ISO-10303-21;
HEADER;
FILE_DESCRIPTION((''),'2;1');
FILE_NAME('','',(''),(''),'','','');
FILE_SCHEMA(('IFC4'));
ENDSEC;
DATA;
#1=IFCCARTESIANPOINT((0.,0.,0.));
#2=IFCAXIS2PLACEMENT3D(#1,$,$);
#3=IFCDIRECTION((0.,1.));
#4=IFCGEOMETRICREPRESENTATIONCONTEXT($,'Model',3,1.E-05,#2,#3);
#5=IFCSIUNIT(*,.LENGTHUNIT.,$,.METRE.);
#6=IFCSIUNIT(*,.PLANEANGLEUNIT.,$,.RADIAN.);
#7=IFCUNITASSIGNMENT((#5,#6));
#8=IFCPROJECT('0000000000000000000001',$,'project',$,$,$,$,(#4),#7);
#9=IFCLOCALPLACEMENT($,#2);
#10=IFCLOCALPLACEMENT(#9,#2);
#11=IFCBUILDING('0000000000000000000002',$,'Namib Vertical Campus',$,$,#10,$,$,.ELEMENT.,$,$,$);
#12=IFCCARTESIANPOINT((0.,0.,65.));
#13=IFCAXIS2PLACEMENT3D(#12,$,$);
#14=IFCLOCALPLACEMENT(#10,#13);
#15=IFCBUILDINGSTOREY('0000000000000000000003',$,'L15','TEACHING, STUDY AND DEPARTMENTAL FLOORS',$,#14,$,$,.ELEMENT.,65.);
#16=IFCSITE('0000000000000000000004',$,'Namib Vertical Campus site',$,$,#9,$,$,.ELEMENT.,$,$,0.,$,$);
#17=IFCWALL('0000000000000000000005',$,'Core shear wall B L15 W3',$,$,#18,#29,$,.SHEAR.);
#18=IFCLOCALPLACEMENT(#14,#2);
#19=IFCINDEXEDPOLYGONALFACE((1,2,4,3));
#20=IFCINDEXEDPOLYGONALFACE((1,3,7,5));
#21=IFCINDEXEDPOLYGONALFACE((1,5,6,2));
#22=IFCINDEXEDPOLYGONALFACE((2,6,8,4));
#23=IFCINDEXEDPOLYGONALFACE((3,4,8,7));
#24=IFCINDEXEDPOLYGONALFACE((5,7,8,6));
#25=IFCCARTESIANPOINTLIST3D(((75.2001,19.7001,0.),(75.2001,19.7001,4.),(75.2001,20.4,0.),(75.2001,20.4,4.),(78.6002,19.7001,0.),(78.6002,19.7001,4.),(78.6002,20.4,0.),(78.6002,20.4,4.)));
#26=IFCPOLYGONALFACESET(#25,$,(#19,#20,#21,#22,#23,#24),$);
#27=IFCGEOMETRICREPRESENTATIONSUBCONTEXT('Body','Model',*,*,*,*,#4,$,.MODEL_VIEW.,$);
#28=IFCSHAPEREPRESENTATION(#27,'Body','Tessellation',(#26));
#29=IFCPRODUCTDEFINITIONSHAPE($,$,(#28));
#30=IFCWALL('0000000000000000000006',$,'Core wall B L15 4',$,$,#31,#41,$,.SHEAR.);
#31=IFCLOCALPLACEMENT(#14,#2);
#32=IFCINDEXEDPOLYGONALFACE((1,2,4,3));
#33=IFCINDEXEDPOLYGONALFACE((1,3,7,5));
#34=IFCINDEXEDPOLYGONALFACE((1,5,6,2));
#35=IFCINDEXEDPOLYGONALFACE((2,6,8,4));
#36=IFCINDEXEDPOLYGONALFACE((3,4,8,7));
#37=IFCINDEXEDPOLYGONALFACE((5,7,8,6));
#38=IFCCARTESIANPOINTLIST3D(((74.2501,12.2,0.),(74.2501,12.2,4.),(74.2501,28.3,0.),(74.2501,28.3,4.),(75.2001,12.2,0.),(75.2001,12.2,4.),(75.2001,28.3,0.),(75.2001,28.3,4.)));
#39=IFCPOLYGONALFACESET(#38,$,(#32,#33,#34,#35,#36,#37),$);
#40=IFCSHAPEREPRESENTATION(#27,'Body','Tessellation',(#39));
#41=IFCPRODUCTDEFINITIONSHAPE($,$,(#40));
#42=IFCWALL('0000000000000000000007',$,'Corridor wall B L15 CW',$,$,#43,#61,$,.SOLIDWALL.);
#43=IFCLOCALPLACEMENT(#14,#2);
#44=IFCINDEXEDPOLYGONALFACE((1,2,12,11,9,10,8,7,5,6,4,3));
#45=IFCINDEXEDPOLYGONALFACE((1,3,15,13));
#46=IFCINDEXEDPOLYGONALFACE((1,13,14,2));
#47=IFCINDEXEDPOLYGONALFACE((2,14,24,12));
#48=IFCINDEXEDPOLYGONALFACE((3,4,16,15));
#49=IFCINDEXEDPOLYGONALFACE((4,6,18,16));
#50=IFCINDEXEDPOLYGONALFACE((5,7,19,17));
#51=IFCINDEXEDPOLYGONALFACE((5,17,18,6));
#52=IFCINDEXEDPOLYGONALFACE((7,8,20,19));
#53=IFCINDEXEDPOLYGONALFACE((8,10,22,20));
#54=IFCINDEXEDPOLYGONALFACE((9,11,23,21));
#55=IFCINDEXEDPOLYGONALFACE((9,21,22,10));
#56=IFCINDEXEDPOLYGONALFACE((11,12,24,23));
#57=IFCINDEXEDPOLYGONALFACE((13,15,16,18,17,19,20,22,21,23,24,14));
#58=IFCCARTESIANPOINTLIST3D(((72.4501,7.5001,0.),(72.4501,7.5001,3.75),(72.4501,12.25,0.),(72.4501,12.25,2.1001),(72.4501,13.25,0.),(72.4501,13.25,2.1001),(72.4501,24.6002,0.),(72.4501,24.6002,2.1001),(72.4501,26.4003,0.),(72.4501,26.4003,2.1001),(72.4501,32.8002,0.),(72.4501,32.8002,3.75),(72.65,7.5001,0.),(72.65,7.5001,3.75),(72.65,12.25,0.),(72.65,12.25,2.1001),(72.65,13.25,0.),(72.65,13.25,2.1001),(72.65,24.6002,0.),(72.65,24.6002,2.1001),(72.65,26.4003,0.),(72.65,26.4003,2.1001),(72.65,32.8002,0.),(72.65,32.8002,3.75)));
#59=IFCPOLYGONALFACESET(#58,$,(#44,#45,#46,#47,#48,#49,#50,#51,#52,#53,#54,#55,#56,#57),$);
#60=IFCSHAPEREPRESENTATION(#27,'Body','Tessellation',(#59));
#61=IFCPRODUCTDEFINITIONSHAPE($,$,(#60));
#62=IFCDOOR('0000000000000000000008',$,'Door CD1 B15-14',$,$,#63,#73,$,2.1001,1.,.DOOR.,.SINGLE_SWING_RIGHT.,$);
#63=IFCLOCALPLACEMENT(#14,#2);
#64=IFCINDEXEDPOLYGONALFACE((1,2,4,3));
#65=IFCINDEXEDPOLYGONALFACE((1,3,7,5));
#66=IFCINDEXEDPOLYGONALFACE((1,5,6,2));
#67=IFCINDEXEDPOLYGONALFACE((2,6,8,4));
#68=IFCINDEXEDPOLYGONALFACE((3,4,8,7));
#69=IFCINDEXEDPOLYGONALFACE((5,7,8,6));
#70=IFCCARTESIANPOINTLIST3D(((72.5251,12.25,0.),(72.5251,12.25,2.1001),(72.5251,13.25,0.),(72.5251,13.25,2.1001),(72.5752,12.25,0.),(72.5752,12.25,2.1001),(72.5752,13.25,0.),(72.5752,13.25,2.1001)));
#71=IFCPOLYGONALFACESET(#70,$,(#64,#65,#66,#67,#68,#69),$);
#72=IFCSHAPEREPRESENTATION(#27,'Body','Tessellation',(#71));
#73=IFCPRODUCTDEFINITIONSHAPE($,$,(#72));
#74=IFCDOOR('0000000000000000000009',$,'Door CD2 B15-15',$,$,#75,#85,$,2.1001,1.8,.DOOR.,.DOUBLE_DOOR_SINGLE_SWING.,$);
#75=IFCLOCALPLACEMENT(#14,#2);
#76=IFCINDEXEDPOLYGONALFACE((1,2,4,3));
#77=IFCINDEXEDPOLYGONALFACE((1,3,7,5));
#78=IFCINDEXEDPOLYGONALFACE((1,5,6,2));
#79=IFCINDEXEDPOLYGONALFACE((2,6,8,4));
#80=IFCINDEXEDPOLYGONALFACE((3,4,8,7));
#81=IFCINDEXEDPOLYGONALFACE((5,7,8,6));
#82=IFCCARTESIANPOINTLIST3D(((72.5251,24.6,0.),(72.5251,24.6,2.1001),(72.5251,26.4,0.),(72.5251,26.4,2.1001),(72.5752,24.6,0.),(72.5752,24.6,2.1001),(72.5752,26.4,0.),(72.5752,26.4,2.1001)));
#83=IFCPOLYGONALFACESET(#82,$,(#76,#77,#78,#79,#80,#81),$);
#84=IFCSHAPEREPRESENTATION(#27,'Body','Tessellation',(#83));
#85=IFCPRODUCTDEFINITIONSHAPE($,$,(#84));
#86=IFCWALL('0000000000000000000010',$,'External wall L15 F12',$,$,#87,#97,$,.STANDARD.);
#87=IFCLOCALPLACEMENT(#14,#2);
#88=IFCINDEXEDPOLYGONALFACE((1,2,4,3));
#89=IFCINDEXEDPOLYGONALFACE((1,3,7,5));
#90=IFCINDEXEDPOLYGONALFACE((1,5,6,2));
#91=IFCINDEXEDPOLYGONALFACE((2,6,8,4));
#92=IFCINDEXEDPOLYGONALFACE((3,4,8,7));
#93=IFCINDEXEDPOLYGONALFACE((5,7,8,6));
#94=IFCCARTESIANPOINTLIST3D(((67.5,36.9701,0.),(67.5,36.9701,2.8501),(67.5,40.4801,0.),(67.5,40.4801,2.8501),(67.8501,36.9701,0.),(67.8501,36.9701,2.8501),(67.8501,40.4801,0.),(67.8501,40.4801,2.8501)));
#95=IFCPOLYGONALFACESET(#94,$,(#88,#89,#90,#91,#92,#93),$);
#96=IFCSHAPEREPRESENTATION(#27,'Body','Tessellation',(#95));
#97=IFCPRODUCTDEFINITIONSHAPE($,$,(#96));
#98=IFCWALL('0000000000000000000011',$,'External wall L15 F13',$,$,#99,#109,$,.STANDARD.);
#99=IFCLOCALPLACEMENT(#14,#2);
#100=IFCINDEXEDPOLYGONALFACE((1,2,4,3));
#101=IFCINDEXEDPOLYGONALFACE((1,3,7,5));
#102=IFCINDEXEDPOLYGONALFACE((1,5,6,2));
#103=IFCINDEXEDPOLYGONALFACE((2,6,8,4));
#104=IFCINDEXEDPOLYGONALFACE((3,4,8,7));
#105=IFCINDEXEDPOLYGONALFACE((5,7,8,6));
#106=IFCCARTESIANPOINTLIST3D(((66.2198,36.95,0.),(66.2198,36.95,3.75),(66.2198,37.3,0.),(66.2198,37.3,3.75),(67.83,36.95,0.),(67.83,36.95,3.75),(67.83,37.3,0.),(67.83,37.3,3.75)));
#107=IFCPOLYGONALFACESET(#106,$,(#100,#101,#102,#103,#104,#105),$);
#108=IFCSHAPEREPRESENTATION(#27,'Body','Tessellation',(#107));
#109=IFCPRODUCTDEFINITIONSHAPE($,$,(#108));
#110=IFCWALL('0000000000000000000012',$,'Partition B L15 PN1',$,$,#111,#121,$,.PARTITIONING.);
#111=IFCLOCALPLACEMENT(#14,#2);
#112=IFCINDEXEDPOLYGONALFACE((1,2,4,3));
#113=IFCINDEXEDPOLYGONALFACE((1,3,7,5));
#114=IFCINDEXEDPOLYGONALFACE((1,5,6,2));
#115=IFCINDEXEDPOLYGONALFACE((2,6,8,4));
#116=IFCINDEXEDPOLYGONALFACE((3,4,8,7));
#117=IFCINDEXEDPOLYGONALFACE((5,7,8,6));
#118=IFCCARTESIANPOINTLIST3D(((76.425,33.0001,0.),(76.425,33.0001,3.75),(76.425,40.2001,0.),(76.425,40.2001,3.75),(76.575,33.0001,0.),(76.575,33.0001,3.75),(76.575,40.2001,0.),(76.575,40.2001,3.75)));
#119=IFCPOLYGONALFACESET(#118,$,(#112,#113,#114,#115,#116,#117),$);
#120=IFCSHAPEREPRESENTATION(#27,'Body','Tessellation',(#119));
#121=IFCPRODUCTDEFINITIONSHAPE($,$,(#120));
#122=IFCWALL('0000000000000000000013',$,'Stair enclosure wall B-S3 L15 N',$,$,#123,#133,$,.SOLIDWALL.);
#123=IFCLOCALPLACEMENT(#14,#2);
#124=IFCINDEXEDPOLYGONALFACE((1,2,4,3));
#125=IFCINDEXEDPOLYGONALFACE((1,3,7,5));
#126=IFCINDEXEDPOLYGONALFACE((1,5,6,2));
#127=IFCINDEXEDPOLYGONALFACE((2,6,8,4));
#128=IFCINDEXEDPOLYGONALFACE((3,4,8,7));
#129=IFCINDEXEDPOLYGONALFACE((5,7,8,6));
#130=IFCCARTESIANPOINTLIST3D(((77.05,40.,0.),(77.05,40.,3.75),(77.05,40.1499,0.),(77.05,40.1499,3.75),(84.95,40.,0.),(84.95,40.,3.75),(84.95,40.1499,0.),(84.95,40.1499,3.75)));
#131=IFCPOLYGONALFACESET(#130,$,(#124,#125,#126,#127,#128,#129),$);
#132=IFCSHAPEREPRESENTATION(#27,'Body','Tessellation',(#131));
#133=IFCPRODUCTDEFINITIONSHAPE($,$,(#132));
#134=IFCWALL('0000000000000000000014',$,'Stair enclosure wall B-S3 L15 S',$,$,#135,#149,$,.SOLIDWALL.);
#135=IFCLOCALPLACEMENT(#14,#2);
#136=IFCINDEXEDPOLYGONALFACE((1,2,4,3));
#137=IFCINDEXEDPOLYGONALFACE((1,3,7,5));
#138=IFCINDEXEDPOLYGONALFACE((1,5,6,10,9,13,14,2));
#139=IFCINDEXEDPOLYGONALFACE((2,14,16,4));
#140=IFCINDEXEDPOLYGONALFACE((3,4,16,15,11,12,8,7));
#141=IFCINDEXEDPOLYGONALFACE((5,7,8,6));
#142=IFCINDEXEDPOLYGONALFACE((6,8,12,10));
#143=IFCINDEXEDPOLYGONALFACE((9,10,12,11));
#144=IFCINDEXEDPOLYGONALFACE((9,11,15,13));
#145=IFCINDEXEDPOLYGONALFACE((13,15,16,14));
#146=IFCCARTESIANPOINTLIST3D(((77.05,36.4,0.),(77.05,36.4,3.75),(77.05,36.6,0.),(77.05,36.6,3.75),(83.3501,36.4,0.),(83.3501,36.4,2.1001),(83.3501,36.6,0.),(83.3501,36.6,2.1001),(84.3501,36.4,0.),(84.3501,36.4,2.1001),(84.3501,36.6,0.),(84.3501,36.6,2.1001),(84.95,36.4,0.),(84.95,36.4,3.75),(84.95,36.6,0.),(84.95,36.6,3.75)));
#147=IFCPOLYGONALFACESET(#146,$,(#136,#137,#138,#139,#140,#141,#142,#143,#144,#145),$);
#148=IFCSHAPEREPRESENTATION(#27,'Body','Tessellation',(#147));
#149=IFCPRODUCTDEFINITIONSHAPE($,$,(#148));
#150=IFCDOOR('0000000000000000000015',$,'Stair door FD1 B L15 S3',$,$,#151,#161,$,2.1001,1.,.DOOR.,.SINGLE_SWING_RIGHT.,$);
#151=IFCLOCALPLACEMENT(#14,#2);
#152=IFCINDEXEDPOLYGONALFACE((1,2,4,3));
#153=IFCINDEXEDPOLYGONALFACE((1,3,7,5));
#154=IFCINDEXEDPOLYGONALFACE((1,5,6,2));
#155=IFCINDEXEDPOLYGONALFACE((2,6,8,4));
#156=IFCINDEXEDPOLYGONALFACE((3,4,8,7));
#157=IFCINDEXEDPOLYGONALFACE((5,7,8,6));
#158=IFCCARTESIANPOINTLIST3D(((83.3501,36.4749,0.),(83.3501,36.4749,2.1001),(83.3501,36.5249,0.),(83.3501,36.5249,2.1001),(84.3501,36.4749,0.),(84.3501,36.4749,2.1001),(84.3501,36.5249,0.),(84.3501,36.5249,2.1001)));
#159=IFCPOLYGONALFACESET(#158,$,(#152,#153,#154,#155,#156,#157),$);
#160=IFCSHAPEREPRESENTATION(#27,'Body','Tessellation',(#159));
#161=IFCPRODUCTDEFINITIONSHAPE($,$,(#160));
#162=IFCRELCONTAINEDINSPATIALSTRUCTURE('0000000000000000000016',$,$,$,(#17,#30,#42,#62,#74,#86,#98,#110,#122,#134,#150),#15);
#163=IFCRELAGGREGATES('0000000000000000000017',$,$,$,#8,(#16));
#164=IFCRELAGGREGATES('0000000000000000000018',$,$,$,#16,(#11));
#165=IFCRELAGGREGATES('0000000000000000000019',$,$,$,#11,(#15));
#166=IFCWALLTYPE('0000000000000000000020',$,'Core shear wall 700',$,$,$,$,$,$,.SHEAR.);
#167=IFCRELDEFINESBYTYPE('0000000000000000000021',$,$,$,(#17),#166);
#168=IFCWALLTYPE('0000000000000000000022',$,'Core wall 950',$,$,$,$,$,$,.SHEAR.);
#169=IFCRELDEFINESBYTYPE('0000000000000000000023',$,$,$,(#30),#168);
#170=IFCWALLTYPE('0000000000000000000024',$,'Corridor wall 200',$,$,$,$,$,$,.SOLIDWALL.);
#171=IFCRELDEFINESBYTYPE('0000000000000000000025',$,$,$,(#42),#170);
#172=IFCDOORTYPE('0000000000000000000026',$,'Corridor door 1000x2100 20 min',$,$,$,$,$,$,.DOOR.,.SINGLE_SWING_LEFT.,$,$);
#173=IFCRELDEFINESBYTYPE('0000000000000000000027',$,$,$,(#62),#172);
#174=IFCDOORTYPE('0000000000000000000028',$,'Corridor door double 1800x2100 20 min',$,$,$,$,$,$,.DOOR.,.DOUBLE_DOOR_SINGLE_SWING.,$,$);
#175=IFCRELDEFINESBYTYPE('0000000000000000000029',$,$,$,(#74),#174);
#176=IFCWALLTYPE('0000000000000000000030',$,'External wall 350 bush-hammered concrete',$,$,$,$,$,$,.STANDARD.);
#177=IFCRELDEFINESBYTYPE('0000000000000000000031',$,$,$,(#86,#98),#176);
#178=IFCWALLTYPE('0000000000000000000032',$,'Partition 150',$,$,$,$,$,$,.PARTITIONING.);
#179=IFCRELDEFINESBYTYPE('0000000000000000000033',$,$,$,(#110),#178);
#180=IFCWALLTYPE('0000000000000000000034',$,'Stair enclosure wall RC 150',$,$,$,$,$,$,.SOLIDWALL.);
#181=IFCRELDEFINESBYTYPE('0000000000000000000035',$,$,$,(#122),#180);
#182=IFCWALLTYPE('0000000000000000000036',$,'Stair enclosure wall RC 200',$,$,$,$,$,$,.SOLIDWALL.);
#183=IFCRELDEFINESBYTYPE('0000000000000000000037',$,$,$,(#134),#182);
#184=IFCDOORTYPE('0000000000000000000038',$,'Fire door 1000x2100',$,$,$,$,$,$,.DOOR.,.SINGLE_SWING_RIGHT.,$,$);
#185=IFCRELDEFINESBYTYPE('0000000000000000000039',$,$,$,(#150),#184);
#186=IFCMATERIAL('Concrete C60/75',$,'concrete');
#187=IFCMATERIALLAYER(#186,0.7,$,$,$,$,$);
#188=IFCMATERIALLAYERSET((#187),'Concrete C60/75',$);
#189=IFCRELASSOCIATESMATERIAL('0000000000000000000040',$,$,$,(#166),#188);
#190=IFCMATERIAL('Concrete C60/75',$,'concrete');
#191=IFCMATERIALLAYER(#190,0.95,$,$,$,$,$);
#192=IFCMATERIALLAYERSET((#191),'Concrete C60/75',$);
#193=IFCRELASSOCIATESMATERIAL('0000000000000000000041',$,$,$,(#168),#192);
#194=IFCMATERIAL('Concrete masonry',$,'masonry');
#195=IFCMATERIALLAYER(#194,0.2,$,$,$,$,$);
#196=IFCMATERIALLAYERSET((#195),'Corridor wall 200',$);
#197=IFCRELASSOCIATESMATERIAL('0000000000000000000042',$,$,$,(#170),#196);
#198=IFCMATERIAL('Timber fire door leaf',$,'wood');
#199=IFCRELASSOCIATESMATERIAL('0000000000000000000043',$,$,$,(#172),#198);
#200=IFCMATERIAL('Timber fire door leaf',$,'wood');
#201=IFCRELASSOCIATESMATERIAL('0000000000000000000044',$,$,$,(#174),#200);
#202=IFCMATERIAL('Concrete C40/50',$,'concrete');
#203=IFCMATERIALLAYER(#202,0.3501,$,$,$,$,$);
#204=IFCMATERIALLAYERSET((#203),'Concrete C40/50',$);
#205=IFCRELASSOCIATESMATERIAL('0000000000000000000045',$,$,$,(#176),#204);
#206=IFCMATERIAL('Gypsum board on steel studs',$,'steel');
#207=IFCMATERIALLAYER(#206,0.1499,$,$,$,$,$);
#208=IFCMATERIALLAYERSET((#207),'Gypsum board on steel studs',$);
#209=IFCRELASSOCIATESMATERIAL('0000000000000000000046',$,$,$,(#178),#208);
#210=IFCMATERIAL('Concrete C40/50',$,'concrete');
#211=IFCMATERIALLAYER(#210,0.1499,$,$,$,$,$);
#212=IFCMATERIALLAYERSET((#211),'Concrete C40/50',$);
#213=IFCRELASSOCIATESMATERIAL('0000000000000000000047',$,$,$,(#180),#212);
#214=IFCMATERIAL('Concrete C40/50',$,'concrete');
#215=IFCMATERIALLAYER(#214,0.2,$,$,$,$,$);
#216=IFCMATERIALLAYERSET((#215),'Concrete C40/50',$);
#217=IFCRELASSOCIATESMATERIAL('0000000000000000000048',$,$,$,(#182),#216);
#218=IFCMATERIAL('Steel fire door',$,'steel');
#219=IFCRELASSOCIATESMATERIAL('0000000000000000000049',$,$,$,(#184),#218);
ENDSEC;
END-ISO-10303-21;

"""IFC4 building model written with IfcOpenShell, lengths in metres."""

from ifc_helpers import new_model, si_unit, direction, frame, frame_2d, origin, place, context, subcontext, project, spatial, rectangle, extrude, material, layer, layer_set, type_object, element, fill, save


model = new_model("IFC4")

# Units and contexts
model_context = context("Model", 3, precision=1e-05, world=origin(), true_north=direction((0.0, 1.0)))
body_context = subcontext(model_context, "Body", "Model", "MODEL_VIEW")
ifc_project = project(units=[si_unit("LENGTHUNIT", "METRE"), si_unit("PLANEANGLEUNIT", "RADIAN")], contexts=[model_context])

# Site, building, storey
site_placement = place(None, origin())
site = spatial("IfcSite", under=ifc_project, at=site_placement, Name="Namib Vertical Campus site", CompositionType="ELEMENT", RefElevation=0.0)
building_placement = place(site_placement, origin())
building = spatial("IfcBuilding", under=site, at=building_placement, Name="Namib Vertical Campus", CompositionType="ELEMENT")
storey_placement = place(building_placement, frame((0.0, 0.0, 65.0)))
storey = spatial("IfcBuildingStorey", under=building, at=storey_placement, Name="L15", Description="TEACHING, STUDY AND DEPARTMENTAL FLOORS", CompositionType="ELEMENT", Elevation=65.0)

# Walls
ifc_material_1 = material(Name="Concrete C60/75", Category="concrete")
ifc_layer_1 = layer(ifc_material_1, 0.7)
ifc_layer_set_1 = layer_set([ifc_layer_1], Name="Concrete C60/75")
wall_type_1 = type_object("IfcWallType", Name="Core shear wall 700", PredefinedType="SHEAR", material=ifc_layer_set_1)
wall_1_placement = place(storey_placement, frame((75.2, 20.05, 0.0), z_axis=(0.0, 0.0, 1.0), x_axis=(1.0, 0.0, 0.0)))
element("IfcWall", 1, at=wall_1_placement, inside=storey, type_object=wall_type_1, Name="Core shear wall B L15 W3", PredefinedType="SHEAR", context=body_context, shape_type="SweptSolid", body=[
    extrude(rectangle(XDim=3.4001, YDim=0.7, at=frame_2d((1.7002, 0.0))), origin(), (0.0, 0.0, 1.0), 4.0),
])
ifc_material_2 = material(Name="Concrete C60/75", Category="concrete")
ifc_layer_2 = layer(ifc_material_2, 0.95)
ifc_layer_set_2 = layer_set([ifc_layer_2], Name="Concrete C60/75")
wall_type_2 = type_object("IfcWallType", Name="Core wall 950", PredefinedType="SHEAR", material=ifc_layer_set_2)
wall_2_placement = place(storey_placement, frame((74.7251, 28.3, 0.0), z_axis=(0.0, 0.0, 1.0), x_axis=(0.0, -1.0, 0.0)))
element("IfcWall", 2, at=wall_2_placement, inside=storey, type_object=wall_type_2, Name="Core wall B L15 4", PredefinedType="SHEAR", context=body_context, shape_type="SweptSolid", body=[
    extrude(rectangle(XDim=16.1001, YDim=0.95, at=frame_2d((8.05, 0.0))), origin(), (0.0, 0.0, 1.0), 4.0),
])

# Wall, openings, doors
ifc_material_3 = material(Name="Concrete masonry", Category="masonry")
ifc_layer_3 = layer(ifc_material_3, 0.2)
ifc_layer_set_3 = layer_set([ifc_layer_3], Name="Corridor wall 200")
wall_type_3 = type_object("IfcWallType", Name="Corridor wall 200", PredefinedType="SOLIDWALL", material=ifc_layer_set_3)
wall_3_placement = place(storey_placement, frame((72.55, 32.8, 0.0), z_axis=(0.0, 0.0, 1.0), x_axis=(0.0, -1.0, 0.0)))
wall_3 = element("IfcWall", 3, at=wall_3_placement, inside=storey, type_object=wall_type_3, Name="Corridor wall B L15 CW", PredefinedType="SOLIDWALL", context=body_context, shape_type="SweptSolid", body=[
    extrude(rectangle(XDim=25.3, YDim=0.2, at=frame_2d((12.6499, 0.0))), origin(), (0.0, 0.0, 1.0), 3.75),
])
opening_1_placement = place(wall_3_placement, frame((19.55, 0.0, 0.0)))
opening_1 = element("IfcOpeningElement", 4, at=opening_1_placement, cuts=wall_3, PredefinedType="OPENING", context=body_context, shape_type="SweptSolid", body=[
    extrude(rectangle(XDim=1.0, YDim=2.1001, at=frame_2d((0.5, 1.05))), frame((0.0, 0.1099, 0.0), z_axis=(0.0, -1.0, 0.0), x_axis=(1.0, 0.0, 0.0)), (0.0, 0.0, 1.0), 0.22),
])
opening_2_placement = place(wall_3_placement, frame((6.3999, 0.0, 0.0)))
opening_2 = element("IfcOpeningElement", 5, at=opening_2_placement, cuts=wall_3, PredefinedType="OPENING", context=body_context, shape_type="SweptSolid", body=[
    extrude(rectangle(XDim=1.8, YDim=2.1001, at=frame_2d((0.8999, 1.05))), frame((0.0, 0.1099, 0.0), z_axis=(0.0, -1.0, 0.0), x_axis=(1.0, 0.0, 0.0)), (0.0, 0.0, 1.0), 0.22),
])
ifc_material_4 = material(Name="Timber fire door leaf", Category="wood")
door_type_1 = type_object("IfcDoorType", Name="Corridor door 1000x2100 20 min", OperationType="SINGLE_SWING_LEFT", PredefinedType="DOOR", material=ifc_material_4)
door_1_placement = place(opening_1_placement, frame((1.0, 0.0, 0.0), z_axis=(0.0, 0.0, 1.0), x_axis=(-1.0, 0.0, 0.0)))
door_1 = element("IfcDoor", 6, at=door_1_placement, inside=storey, type_object=door_type_1, Name="Door CD1 B15-14", OperationType="SINGLE_SWING_RIGHT", OverallHeight=2.1001, OverallWidth=1.0, PredefinedType="DOOR", context=body_context, shape_type="SweptSolid", body=[
    extrude(rectangle(XDim=1.0, YDim=2.1001, at=frame_2d((0.5, 1.05))), frame((0.0, 0.0249, 0.0), z_axis=(0.0, -1.0, 0.0), x_axis=(1.0, 0.0, 0.0)), (0.0, 0.0, 1.0), 0.05),
])
fill(opening_1, door_1)
ifc_material_5 = material(Name="Timber fire door leaf", Category="wood")
door_type_2 = type_object("IfcDoorType", Name="Corridor door double 1800x2100 20 min", OperationType="DOUBLE_DOOR_SINGLE_SWING", PredefinedType="DOOR", material=ifc_material_5)
door_2_placement = place(opening_2_placement, frame((1.8, 0.0, 0.0), z_axis=(0.0, 0.0, 1.0), x_axis=(-1.0, 0.0, 0.0)))
door_2 = element("IfcDoor", 7, at=door_2_placement, inside=storey, type_object=door_type_2, Name="Door CD2 B15-15", OperationType="DOUBLE_DOOR_SINGLE_SWING", OverallHeight=2.1001, OverallWidth=1.8, PredefinedType="DOOR", context=body_context, shape_type="SweptSolid", body=[
    extrude(rectangle(XDim=1.8, YDim=2.1001, at=frame_2d((0.8999, 1.05))), frame((0.0, 0.0249, 0.0), z_axis=(0.0, -1.0, 0.0), x_axis=(1.0, 0.0, 0.0)), (0.0, 0.0, 1.0), 0.05),
])
fill(opening_2, door_2)

# Walls
ifc_material_6 = material(Name="Concrete C40/50", Category="concrete")
ifc_layer_4 = layer(ifc_material_6, 0.3501)
ifc_layer_set_4 = layer_set([ifc_layer_4], Name="Concrete C40/50")
wall_type_4 = type_object("IfcWallType", Name="External wall 350 bush-hammered concrete", PredefinedType="STANDARD", material=ifc_layer_set_4)
wall_4_placement = place(storey_placement, frame((67.675, 40.48, 0.0), z_axis=(0.0, 0.0, 1.0), x_axis=(0.0, -1.0, 0.0)))
element("IfcWall", 8, at=wall_4_placement, inside=storey, type_object=wall_type_4, Name="External wall L15 F12", PredefinedType="STANDARD", context=body_context, shape_type="SweptSolid", body=[
    extrude(rectangle(XDim=3.51, YDim=0.3501, at=frame_2d((1.7549, 0.0))), origin(), (0.0, 0.0, 1.0), 2.8501),
])
wall_5_placement = place(storey_placement, frame((67.8301, 37.125, 0.0), z_axis=(0.0, 0.0, 1.0), x_axis=(-1.0, 0.0, 0.0)))
element("IfcWall", 9, at=wall_5_placement, inside=storey, type_object=wall_type_4, Name="External wall L15 F13", PredefinedType="STANDARD", context=body_context, shape_type="SweptSolid", body=[
    extrude(rectangle(XDim=1.6101, YDim=0.3501, at=frame_2d((0.8052, 0.0))), origin(), (0.0, 0.0, 1.0), 3.75),
])
ifc_material_7 = material(Name="Gypsum board on steel studs", Category="steel")
ifc_layer_5 = layer(ifc_material_7, 0.1499)
ifc_layer_set_5 = layer_set([ifc_layer_5], Name="Gypsum board on steel studs")
wall_type_5 = type_object("IfcWallType", Name="Partition 150", PredefinedType="PARTITIONING", material=ifc_layer_set_5)
wall_6_placement = place(storey_placement, frame((76.5, 33.0, 0.0), z_axis=(0.0, 0.0, 1.0), x_axis=(0.0, 1.0, 0.0)))
element("IfcWall", 10, at=wall_6_placement, inside=storey, type_object=wall_type_5, Name="Partition B L15 PN1", PredefinedType="PARTITIONING", context=body_context, shape_type="SweptSolid", body=[
    extrude(rectangle(XDim=7.2, YDim=0.1499, at=frame_2d((3.6001, 0.0))), origin(), (0.0, 0.0, 1.0), 3.75),
])
ifc_material_8 = material(Name="Concrete C40/50", Category="concrete")
ifc_layer_6 = layer(ifc_material_8, 0.1499)
ifc_layer_set_6 = layer_set([ifc_layer_6], Name="Concrete C40/50")
wall_type_6 = type_object("IfcWallType", Name="Stair enclosure wall RC 150", PredefinedType="SOLIDWALL", material=ifc_layer_set_6)
wall_7_placement = place(storey_placement, frame((77.05, 40.075, 0.0), z_axis=(0.0, 0.0, 1.0), x_axis=(1.0, 0.0, 0.0)))
element("IfcWall", 11, at=wall_7_placement, inside=storey, type_object=wall_type_6, Name="Stair enclosure wall B-S3 L15 N", PredefinedType="SOLIDWALL", context=body_context, shape_type="SweptSolid", body=[
    extrude(rectangle(XDim=7.8999, YDim=0.1499, at=frame_2d((3.95, 0.0))), origin(), (0.0, 0.0, 1.0), 3.75),
])

# Wall, opening, door
ifc_material_9 = material(Name="Concrete C40/50", Category="concrete")
ifc_layer_7 = layer(ifc_material_9, 0.2)
ifc_layer_set_7 = layer_set([ifc_layer_7], Name="Concrete C40/50")
wall_type_7 = type_object("IfcWallType", Name="Stair enclosure wall RC 200", PredefinedType="SOLIDWALL", material=ifc_layer_set_7)
wall_8_placement = place(storey_placement, frame((77.05, 36.5, 0.0), z_axis=(0.0, 0.0, 1.0), x_axis=(1.0, 0.0, 0.0)))
wall_8 = element("IfcWall", 12, at=wall_8_placement, inside=storey, type_object=wall_type_7, Name="Stair enclosure wall B-S3 L15 S", PredefinedType="SOLIDWALL", context=body_context, shape_type="SweptSolid", body=[
    extrude(rectangle(XDim=7.8999, YDim=0.2, at=frame_2d((3.95, 0.0))), origin(), (0.0, 0.0, 1.0), 3.75),
])
opening_3_placement = place(wall_8_placement, frame((6.3, 0.0, 0.0)))
opening_3 = element("IfcOpeningElement", 13, at=opening_3_placement, cuts=wall_8, PredefinedType="OPENING", context=body_context, shape_type="SweptSolid", body=[
    extrude(rectangle(XDim=1.0, YDim=2.1001, at=frame_2d((0.5, 1.05))), frame((0.0, 0.1099, 0.0), z_axis=(0.0, -1.0, 0.0), x_axis=(1.0, 0.0, 0.0)), (0.0, 0.0, 1.0), 0.22),
])
ifc_material_10 = material(Name="Steel fire door", Category="steel")
door_type_3 = type_object("IfcDoorType", Name="Fire door 1000x2100", OperationType="SINGLE_SWING_RIGHT", PredefinedType="DOOR", material=ifc_material_10)
door_3_placement = place(opening_3_placement, origin())
door_3 = element("IfcDoor", 14, at=door_3_placement, inside=storey, type_object=door_type_3, Name="Stair door FD1 B L15 S3", OperationType="SINGLE_SWING_RIGHT", OverallHeight=2.1001, OverallWidth=1.0, PredefinedType="DOOR", context=body_context, shape_type="SweptSolid", body=[
    extrude(rectangle(XDim=1.0, YDim=2.1001, at=frame_2d((0.5, 1.05))), frame((0.0, 0.0249, 0.0), z_axis=(0.0, -1.0, 0.0), x_axis=(1.0, 0.0, 0.0)), (0.0, 0.0, 1.0), 0.05),
])
fill(opening_3, door_3)

save(model, "model.ifc")
